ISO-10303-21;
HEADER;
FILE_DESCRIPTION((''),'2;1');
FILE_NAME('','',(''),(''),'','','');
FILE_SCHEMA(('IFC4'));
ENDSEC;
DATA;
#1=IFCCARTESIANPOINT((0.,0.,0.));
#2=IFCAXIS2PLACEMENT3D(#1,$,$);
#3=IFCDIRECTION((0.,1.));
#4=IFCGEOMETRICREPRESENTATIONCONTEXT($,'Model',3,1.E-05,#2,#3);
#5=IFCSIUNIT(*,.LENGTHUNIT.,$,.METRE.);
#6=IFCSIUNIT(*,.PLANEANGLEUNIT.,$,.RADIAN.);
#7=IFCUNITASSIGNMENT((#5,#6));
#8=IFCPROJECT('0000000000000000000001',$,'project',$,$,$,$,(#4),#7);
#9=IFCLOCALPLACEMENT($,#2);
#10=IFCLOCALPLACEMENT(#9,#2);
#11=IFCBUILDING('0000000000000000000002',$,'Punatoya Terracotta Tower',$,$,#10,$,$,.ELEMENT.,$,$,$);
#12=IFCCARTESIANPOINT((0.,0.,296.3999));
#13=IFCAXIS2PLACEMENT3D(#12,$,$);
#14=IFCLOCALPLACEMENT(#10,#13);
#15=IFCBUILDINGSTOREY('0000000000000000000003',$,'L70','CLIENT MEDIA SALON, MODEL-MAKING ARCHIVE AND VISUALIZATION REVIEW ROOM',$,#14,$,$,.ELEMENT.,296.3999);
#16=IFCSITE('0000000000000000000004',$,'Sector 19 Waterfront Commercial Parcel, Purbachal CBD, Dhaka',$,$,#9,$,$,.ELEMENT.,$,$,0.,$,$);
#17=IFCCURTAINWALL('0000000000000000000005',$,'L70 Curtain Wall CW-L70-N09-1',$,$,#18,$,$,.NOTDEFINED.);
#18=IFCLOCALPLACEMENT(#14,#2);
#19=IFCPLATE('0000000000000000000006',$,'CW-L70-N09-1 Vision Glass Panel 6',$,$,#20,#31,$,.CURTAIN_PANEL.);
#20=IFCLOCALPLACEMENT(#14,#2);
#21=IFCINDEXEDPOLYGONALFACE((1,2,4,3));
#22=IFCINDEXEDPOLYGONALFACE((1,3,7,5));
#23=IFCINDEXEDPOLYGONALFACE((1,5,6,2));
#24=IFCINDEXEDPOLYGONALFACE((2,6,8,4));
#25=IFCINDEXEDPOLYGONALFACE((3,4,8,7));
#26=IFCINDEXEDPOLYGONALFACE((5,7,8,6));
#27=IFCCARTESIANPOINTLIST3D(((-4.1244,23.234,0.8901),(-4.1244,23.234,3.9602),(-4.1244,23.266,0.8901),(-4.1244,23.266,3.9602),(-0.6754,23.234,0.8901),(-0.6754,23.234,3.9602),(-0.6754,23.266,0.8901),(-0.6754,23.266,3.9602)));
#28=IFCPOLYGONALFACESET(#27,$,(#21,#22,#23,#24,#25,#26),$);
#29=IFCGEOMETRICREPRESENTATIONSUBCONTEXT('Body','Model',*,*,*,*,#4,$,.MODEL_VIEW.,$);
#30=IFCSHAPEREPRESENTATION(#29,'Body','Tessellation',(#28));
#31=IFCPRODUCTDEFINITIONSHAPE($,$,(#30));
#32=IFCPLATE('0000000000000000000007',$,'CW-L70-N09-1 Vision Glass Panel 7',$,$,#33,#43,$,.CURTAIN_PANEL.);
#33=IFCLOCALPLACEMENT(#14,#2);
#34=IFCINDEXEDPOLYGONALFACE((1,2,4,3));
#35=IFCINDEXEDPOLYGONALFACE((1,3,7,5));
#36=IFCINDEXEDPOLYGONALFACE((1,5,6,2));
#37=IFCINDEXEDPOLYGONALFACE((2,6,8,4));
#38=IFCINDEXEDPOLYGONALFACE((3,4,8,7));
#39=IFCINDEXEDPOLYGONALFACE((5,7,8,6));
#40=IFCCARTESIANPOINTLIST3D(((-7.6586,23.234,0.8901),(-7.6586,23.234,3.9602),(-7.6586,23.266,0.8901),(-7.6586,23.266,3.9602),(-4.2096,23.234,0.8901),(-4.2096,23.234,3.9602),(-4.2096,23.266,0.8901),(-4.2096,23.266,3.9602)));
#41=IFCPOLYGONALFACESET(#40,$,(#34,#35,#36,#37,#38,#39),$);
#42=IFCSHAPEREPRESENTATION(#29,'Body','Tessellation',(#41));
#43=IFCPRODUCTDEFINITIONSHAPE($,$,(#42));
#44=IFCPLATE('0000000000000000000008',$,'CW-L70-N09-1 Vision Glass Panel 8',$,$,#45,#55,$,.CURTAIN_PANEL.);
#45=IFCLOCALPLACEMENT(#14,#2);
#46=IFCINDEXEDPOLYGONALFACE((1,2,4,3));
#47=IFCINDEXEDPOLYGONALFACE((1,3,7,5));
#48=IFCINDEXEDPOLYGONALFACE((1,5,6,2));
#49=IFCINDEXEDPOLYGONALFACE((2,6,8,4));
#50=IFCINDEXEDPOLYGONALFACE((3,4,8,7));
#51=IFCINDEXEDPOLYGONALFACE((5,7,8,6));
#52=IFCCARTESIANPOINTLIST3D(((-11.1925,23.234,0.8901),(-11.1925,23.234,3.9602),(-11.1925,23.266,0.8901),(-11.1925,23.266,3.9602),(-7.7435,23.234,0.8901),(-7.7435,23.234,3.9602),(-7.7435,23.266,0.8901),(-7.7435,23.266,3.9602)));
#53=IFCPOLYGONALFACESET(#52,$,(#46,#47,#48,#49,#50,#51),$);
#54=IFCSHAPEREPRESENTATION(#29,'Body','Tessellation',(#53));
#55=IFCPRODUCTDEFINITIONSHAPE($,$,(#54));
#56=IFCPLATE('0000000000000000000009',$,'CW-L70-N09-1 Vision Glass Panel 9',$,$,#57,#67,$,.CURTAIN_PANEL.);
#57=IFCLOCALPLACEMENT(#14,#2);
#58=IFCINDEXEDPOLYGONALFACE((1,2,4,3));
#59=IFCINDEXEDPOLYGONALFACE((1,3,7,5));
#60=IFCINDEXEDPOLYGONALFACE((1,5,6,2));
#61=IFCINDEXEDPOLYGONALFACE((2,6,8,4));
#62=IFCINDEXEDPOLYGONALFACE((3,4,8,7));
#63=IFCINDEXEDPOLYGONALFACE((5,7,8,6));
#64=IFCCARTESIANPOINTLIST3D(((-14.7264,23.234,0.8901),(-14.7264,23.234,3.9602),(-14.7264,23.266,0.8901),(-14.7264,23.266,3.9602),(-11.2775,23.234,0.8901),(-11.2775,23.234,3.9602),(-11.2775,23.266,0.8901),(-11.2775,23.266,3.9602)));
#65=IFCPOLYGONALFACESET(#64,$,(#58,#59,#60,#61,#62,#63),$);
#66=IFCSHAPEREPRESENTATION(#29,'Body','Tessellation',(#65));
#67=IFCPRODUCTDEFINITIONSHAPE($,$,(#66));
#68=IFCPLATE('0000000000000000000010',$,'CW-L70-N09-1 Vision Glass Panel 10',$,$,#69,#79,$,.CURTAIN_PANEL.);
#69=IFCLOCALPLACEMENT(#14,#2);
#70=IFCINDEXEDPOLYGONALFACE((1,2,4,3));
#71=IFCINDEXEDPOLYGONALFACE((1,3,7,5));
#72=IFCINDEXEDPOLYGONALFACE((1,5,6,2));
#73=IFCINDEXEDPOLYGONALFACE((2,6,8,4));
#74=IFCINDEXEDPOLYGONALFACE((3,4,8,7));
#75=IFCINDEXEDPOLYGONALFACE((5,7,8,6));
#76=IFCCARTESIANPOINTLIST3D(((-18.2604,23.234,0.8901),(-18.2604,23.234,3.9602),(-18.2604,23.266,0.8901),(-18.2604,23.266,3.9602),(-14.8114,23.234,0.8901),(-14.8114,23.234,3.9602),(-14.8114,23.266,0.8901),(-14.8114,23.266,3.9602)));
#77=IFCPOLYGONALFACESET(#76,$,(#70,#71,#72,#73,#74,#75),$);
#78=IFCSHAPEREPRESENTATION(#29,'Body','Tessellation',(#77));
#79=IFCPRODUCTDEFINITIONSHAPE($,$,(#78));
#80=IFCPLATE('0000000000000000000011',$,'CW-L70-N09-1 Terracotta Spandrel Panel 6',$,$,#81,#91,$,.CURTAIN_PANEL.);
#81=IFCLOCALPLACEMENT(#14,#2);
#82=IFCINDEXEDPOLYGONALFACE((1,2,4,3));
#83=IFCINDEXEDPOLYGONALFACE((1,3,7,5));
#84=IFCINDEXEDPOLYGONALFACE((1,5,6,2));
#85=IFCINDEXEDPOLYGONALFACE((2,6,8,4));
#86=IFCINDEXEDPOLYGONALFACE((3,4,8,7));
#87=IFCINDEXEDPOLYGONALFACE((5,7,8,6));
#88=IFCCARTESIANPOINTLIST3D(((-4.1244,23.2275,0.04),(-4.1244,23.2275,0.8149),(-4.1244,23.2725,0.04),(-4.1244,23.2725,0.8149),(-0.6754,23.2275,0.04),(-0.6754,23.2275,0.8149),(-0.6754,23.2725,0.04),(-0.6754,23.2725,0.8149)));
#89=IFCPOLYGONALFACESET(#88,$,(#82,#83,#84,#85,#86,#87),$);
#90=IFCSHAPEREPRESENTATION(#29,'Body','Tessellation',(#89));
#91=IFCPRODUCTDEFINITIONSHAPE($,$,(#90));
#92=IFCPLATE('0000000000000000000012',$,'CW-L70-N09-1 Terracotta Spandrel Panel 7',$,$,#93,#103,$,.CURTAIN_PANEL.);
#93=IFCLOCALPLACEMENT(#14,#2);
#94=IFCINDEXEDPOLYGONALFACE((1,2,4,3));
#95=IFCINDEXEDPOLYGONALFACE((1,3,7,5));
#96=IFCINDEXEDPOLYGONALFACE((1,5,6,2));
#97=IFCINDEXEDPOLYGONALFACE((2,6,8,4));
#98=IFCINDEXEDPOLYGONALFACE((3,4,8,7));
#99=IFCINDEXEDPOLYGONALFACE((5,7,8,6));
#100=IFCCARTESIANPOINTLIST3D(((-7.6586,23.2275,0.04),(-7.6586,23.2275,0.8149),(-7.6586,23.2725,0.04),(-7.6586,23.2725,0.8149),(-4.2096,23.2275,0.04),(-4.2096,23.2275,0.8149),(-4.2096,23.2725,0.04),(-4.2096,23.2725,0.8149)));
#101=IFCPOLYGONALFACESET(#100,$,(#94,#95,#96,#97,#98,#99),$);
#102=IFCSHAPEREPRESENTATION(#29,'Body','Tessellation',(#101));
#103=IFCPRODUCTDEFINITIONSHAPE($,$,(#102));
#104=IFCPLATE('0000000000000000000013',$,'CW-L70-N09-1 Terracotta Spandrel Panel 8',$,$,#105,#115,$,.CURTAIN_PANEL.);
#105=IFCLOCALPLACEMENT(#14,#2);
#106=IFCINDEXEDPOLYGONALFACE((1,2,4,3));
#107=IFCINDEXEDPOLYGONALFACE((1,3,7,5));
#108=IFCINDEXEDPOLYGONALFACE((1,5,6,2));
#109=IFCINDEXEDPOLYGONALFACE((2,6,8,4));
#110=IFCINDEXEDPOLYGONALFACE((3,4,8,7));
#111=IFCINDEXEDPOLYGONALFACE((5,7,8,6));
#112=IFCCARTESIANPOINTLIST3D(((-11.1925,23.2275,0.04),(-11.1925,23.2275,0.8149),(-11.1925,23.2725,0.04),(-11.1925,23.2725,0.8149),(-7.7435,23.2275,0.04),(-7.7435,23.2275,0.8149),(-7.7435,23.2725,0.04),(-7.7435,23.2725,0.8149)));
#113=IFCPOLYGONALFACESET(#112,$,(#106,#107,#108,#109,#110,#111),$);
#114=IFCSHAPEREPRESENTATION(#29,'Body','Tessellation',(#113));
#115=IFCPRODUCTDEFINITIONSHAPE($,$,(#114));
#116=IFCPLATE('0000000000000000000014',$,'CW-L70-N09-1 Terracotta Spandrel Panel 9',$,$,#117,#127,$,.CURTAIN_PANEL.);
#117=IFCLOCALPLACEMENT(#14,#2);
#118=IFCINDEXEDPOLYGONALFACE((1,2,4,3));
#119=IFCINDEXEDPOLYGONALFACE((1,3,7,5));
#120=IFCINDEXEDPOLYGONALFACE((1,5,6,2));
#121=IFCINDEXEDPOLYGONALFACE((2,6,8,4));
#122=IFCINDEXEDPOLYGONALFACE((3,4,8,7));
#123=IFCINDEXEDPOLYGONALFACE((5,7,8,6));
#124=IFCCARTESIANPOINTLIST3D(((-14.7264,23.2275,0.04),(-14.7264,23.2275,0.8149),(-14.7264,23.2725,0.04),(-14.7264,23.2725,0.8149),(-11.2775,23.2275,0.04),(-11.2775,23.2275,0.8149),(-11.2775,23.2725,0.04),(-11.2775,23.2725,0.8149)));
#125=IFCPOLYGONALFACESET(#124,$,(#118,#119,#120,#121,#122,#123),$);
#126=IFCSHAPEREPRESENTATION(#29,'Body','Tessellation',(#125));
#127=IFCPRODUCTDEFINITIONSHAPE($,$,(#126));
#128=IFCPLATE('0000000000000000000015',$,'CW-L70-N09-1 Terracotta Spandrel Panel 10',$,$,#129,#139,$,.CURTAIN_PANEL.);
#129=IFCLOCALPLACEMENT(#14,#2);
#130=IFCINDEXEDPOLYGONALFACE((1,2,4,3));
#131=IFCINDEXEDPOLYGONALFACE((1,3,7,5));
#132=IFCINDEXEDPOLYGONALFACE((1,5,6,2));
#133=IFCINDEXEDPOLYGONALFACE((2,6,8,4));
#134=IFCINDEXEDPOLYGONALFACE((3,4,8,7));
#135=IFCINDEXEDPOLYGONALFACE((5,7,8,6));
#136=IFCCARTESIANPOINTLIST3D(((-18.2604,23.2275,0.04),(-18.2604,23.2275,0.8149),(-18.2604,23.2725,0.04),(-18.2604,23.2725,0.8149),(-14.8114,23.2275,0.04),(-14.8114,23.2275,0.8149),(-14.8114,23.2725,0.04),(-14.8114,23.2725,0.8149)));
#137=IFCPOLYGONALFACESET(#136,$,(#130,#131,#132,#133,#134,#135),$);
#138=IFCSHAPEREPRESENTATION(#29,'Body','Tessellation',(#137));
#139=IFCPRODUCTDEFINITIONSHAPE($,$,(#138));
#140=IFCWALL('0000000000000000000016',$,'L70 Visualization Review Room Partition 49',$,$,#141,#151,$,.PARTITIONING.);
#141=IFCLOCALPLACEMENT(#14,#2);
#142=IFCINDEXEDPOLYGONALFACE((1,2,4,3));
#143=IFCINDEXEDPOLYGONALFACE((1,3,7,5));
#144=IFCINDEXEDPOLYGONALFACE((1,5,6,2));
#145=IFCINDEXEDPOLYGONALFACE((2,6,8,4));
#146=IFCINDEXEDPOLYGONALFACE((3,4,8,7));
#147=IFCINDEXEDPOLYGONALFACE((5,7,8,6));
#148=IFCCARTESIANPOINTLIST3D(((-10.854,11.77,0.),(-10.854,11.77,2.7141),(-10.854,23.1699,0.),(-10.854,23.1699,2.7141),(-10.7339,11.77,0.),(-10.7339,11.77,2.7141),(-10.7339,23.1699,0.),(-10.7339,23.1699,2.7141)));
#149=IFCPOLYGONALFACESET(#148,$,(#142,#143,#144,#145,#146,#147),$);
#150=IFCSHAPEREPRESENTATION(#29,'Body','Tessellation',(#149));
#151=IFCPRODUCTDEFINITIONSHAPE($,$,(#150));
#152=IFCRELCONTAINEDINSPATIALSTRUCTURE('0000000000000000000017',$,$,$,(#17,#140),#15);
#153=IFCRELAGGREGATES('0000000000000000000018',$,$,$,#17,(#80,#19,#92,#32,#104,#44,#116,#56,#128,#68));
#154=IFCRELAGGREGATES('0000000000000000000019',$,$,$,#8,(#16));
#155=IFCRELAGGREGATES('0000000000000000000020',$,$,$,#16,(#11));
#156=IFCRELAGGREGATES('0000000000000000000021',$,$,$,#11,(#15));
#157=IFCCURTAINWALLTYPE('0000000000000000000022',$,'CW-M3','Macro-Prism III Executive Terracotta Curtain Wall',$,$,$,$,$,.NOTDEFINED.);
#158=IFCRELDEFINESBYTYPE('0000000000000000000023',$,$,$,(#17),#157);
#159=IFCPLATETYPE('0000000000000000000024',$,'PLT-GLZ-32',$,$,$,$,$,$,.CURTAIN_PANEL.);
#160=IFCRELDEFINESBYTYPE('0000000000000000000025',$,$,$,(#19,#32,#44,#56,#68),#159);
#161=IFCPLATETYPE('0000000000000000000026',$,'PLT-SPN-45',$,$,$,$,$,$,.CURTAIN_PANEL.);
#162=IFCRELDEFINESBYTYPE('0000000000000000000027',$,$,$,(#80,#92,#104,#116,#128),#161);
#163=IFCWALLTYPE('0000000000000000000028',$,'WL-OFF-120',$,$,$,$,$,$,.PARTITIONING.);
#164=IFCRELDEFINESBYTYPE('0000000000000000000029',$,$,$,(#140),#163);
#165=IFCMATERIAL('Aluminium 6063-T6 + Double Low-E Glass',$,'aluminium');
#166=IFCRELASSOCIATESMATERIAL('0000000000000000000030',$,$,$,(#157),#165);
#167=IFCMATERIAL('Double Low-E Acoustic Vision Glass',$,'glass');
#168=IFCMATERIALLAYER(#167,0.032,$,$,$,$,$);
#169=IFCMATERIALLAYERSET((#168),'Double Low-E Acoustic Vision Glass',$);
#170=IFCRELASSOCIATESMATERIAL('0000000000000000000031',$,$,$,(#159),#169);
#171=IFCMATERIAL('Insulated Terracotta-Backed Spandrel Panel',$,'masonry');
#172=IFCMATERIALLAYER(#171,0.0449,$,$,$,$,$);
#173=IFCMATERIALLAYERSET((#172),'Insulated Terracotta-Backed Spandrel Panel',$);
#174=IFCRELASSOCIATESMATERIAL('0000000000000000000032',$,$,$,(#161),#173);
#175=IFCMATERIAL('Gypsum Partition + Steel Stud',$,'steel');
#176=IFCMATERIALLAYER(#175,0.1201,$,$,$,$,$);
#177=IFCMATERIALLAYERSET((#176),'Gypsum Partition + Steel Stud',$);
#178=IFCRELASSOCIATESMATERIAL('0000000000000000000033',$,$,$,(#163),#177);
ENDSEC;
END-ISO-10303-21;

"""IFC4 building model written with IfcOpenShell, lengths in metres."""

from ifc_helpers import new_model, si_unit, direction, frame, frame_2d, origin, origin_2d, place, context, subcontext, project, spatial, rectangle, extrude, material, layer, layer_set, type_object, element, aggregate, save


model = new_model("IFC4")

# Units and contexts
model_context = context("Model", 3, precision=1e-05, world=origin(), true_north=direction((0.0, 1.0)))
body_context = subcontext(model_context, "Body", "Model", "MODEL_VIEW")
ifc_project = project(units=[si_unit("LENGTHUNIT", "METRE"), si_unit("PLANEANGLEUNIT", "RADIAN")], contexts=[model_context])

# Site, building, storey
site_placement = place(None, origin())
site = spatial("IfcSite", under=ifc_project, at=site_placement, Name="Sector 19 Waterfront Commercial Parcel, Purbachal CBD, Dhaka", CompositionType="ELEMENT", RefElevation=0.0)
building_placement = place(site_placement, origin())
building = spatial("IfcBuilding", under=site, at=building_placement, Name="Punatoya Terracotta Tower", CompositionType="ELEMENT")
storey_placement = place(building_placement, frame((0.0, 0.0, 296.3999)))
storey = spatial("IfcBuildingStorey", under=building, at=storey_placement, Name="L70", Description="CLIENT MEDIA SALON, MODEL-MAKING ARCHIVE AND VISUALIZATION REVIEW ROOM", CompositionType="ELEMENT", Elevation=296.3999)

# Curtain wall, plates
ifc_material_1 = material(Name="Aluminium 6063-T6 + Double Low-E Glass", Category="aluminium")
curtain_wall_type = type_object("IfcCurtainWallType", Name="CW-M3", Description="Macro-Prism III Executive Terracotta Curtain Wall", PredefinedType="NOTDEFINED", material=ifc_material_1)
curtain_wall_placement = place(storey_placement, origin())
curtain_wall = element("IfcCurtainWall", 1, at=curtain_wall_placement, inside=storey, type_object=curtain_wall_type, Name="L70 Curtain Wall CW-L70-N09-1", PredefinedType="NOTDEFINED")
ifc_material_2 = material(Name="Double Low-E Acoustic Vision Glass", Category="glass")
ifc_layer_1 = layer(ifc_material_2, 0.032)
ifc_layer_set_1 = layer_set([ifc_layer_1], Name="Double Low-E Acoustic Vision Glass")
plate_type_1 = type_object("IfcPlateType", Name="PLT-GLZ-32", PredefinedType="CURTAIN_PANEL", material=ifc_layer_set_1)
plate_1_placement = place(storey_placement, frame((-2.3999, 23.25, 0.8901), z_axis=(0.0, 0.0, 1.0), x_axis=(-1.0, 0.0, 0.0)))
plate_1 = element("IfcPlate", 2, at=plate_1_placement, type_object=plate_type_1, Name="CW-L70-N09-1 Vision Glass Panel 6", PredefinedType="CURTAIN_PANEL", context=body_context, shape_type="SweptSolid", body=[
    extrude(rectangle(XDim=3.449, YDim=0.032, at=origin_2d()), origin(), (0.0, 0.0, 1.0), 3.0701),
])
plate_2_placement = place(storey_placement, frame((-5.9341, 23.25, 0.8901), z_axis=(0.0, 0.0, 1.0), x_axis=(-1.0, 0.0, 0.0)))
plate_2 = element("IfcPlate", 3, at=plate_2_placement, type_object=plate_type_1, Name="CW-L70-N09-1 Vision Glass Panel 7", PredefinedType="CURTAIN_PANEL", context=body_context, shape_type="SweptSolid", body=[
    extrude(rectangle(XDim=3.449, YDim=0.032, at=origin_2d()), origin(), (0.0, 0.0, 1.0), 3.0701),
])
plate_3_placement = place(storey_placement, frame((-9.468, 23.25, 0.8901), z_axis=(0.0, 0.0, 1.0), x_axis=(-1.0, 0.0, 0.0)))
plate_3 = element("IfcPlate", 4, at=plate_3_placement, type_object=plate_type_1, Name="CW-L70-N09-1 Vision Glass Panel 8", PredefinedType="CURTAIN_PANEL", context=body_context, shape_type="SweptSolid", body=[
    extrude(rectangle(XDim=3.449, YDim=0.032, at=origin_2d()), origin(), (0.0, 0.0, 1.0), 3.0701),
])
plate_4_placement = place(storey_placement, frame((-13.002, 23.25, 0.8901), z_axis=(0.0, 0.0, 1.0), x_axis=(-1.0, 0.0, 0.0)))
plate_4 = element("IfcPlate", 5, at=plate_4_placement, type_object=plate_type_1, Name="CW-L70-N09-1 Vision Glass Panel 9", PredefinedType="CURTAIN_PANEL", context=body_context, shape_type="SweptSolid", body=[
    extrude(rectangle(XDim=3.449, YDim=0.032, at=origin_2d()), origin(), (0.0, 0.0, 1.0), 3.0701),
])
plate_5_placement = place(storey_placement, frame((-16.5359, 23.25, 0.8901), z_axis=(0.0, 0.0, 1.0), x_axis=(-1.0, 0.0, 0.0)))
plate_5 = element("IfcPlate", 6, at=plate_5_placement, type_object=plate_type_1, Name="CW-L70-N09-1 Vision Glass Panel 10", PredefinedType="CURTAIN_PANEL", context=body_context, shape_type="SweptSolid", body=[
    extrude(rectangle(XDim=3.449, YDim=0.032, at=origin_2d()), origin(), (0.0, 0.0, 1.0), 3.0701),
])
ifc_material_3 = material(Name="Insulated Terracotta-Backed Spandrel Panel", Category="masonry")
ifc_layer_2 = layer(ifc_material_3, 0.0449)
ifc_layer_set_2 = layer_set([ifc_layer_2], Name="Insulated Terracotta-Backed Spandrel Panel")
plate_type_2 = type_object("IfcPlateType", Name="PLT-SPN-45", PredefinedType="CURTAIN_PANEL", material=ifc_layer_set_2)
plate_6_placement = place(storey_placement, frame((-2.3999, 23.25, 0.04), z_axis=(0.0, 0.0, 1.0), x_axis=(-1.0, 0.0, 0.0)))
plate_6 = element("IfcPlate", 7, at=plate_6_placement, type_object=plate_type_2, Name="CW-L70-N09-1 Terracotta Spandrel Panel 6", PredefinedType="CURTAIN_PANEL", context=body_context, shape_type="SweptSolid", body=[
    extrude(rectangle(XDim=3.449, YDim=0.0449, at=origin_2d()), origin(), (0.0, 0.0, 1.0), 0.7749),
])
plate_7_placement = place(storey_placement, frame((-5.9341, 23.25, 0.04), z_axis=(0.0, 0.0, 1.0), x_axis=(-1.0, 0.0, 0.0)))
plate_7 = element("IfcPlate", 8, at=plate_7_placement, type_object=plate_type_2, Name="CW-L70-N09-1 Terracotta Spandrel Panel 7", PredefinedType="CURTAIN_PANEL", context=body_context, shape_type="SweptSolid", body=[
    extrude(rectangle(XDim=3.449, YDim=0.0449, at=origin_2d()), origin(), (0.0, 0.0, 1.0), 0.7749),
])
plate_8_placement = place(storey_placement, frame((-9.468, 23.25, 0.04), z_axis=(0.0, 0.0, 1.0), x_axis=(-1.0, 0.0, 0.0)))
plate_8 = element("IfcPlate", 9, at=plate_8_placement, type_object=plate_type_2, Name="CW-L70-N09-1 Terracotta Spandrel Panel 8", PredefinedType="CURTAIN_PANEL", context=body_context, shape_type="SweptSolid", body=[
    extrude(rectangle(XDim=3.449, YDim=0.0449, at=origin_2d()), origin(), (0.0, 0.0, 1.0), 0.7749),
])
plate_9_placement = place(storey_placement, frame((-13.002, 23.25, 0.04), z_axis=(0.0, 0.0, 1.0), x_axis=(-1.0, 0.0, 0.0)))
plate_9 = element("IfcPlate", 10, at=plate_9_placement, type_object=plate_type_2, Name="CW-L70-N09-1 Terracotta Spandrel Panel 9", PredefinedType="CURTAIN_PANEL", context=body_context, shape_type="SweptSolid", body=[
    extrude(rectangle(XDim=3.449, YDim=0.0449, at=origin_2d()), origin(), (0.0, 0.0, 1.0), 0.7749),
])
plate_10_placement = place(storey_placement, frame((-16.5359, 23.25, 0.04), z_axis=(0.0, 0.0, 1.0), x_axis=(-1.0, 0.0, 0.0)))
plate_10 = element("IfcPlate", 11, at=plate_10_placement, type_object=plate_type_2, Name="CW-L70-N09-1 Terracotta Spandrel Panel 10", PredefinedType="CURTAIN_PANEL", context=body_context, shape_type="SweptSolid", body=[
    extrude(rectangle(XDim=3.449, YDim=0.0449, at=origin_2d()), origin(), (0.0, 0.0, 1.0), 0.7749),
])
aggregate(curtain_wall, [plate_6, plate_1, plate_7, plate_2, plate_8, plate_3, plate_9, plate_4, plate_10, plate_5])

# Wall
ifc_material_4 = material(Name="Gypsum Partition + Steel Stud", Category="steel")
ifc_layer_3 = layer(ifc_material_4, 0.1201)
ifc_layer_set_3 = layer_set([ifc_layer_3], Name="Gypsum Partition + Steel Stud")
wall_type = type_object("IfcWallType", Name="WL-OFF-120", PredefinedType="PARTITIONING", material=ifc_layer_set_3)
wall_placement = place(storey_placement, frame((-10.7939, 23.1699, 0.0), z_axis=(0.0, 0.0, 1.0), x_axis=(0.0, -1.0, 0.0)))
element("IfcWall", 12, at=wall_placement, inside=storey, type_object=wall_type, Name="L70 Visualization Review Room Partition 49", PredefinedType="PARTITIONING", context=body_context, shape_type="SweptSolid", body=[
    extrude(rectangle(XDim=11.3999, YDim=0.1201, at=frame_2d((5.7, 0.0))), origin(), (0.0, 0.0, 1.0), 2.7141),
])

save(model, "model.ifc")
